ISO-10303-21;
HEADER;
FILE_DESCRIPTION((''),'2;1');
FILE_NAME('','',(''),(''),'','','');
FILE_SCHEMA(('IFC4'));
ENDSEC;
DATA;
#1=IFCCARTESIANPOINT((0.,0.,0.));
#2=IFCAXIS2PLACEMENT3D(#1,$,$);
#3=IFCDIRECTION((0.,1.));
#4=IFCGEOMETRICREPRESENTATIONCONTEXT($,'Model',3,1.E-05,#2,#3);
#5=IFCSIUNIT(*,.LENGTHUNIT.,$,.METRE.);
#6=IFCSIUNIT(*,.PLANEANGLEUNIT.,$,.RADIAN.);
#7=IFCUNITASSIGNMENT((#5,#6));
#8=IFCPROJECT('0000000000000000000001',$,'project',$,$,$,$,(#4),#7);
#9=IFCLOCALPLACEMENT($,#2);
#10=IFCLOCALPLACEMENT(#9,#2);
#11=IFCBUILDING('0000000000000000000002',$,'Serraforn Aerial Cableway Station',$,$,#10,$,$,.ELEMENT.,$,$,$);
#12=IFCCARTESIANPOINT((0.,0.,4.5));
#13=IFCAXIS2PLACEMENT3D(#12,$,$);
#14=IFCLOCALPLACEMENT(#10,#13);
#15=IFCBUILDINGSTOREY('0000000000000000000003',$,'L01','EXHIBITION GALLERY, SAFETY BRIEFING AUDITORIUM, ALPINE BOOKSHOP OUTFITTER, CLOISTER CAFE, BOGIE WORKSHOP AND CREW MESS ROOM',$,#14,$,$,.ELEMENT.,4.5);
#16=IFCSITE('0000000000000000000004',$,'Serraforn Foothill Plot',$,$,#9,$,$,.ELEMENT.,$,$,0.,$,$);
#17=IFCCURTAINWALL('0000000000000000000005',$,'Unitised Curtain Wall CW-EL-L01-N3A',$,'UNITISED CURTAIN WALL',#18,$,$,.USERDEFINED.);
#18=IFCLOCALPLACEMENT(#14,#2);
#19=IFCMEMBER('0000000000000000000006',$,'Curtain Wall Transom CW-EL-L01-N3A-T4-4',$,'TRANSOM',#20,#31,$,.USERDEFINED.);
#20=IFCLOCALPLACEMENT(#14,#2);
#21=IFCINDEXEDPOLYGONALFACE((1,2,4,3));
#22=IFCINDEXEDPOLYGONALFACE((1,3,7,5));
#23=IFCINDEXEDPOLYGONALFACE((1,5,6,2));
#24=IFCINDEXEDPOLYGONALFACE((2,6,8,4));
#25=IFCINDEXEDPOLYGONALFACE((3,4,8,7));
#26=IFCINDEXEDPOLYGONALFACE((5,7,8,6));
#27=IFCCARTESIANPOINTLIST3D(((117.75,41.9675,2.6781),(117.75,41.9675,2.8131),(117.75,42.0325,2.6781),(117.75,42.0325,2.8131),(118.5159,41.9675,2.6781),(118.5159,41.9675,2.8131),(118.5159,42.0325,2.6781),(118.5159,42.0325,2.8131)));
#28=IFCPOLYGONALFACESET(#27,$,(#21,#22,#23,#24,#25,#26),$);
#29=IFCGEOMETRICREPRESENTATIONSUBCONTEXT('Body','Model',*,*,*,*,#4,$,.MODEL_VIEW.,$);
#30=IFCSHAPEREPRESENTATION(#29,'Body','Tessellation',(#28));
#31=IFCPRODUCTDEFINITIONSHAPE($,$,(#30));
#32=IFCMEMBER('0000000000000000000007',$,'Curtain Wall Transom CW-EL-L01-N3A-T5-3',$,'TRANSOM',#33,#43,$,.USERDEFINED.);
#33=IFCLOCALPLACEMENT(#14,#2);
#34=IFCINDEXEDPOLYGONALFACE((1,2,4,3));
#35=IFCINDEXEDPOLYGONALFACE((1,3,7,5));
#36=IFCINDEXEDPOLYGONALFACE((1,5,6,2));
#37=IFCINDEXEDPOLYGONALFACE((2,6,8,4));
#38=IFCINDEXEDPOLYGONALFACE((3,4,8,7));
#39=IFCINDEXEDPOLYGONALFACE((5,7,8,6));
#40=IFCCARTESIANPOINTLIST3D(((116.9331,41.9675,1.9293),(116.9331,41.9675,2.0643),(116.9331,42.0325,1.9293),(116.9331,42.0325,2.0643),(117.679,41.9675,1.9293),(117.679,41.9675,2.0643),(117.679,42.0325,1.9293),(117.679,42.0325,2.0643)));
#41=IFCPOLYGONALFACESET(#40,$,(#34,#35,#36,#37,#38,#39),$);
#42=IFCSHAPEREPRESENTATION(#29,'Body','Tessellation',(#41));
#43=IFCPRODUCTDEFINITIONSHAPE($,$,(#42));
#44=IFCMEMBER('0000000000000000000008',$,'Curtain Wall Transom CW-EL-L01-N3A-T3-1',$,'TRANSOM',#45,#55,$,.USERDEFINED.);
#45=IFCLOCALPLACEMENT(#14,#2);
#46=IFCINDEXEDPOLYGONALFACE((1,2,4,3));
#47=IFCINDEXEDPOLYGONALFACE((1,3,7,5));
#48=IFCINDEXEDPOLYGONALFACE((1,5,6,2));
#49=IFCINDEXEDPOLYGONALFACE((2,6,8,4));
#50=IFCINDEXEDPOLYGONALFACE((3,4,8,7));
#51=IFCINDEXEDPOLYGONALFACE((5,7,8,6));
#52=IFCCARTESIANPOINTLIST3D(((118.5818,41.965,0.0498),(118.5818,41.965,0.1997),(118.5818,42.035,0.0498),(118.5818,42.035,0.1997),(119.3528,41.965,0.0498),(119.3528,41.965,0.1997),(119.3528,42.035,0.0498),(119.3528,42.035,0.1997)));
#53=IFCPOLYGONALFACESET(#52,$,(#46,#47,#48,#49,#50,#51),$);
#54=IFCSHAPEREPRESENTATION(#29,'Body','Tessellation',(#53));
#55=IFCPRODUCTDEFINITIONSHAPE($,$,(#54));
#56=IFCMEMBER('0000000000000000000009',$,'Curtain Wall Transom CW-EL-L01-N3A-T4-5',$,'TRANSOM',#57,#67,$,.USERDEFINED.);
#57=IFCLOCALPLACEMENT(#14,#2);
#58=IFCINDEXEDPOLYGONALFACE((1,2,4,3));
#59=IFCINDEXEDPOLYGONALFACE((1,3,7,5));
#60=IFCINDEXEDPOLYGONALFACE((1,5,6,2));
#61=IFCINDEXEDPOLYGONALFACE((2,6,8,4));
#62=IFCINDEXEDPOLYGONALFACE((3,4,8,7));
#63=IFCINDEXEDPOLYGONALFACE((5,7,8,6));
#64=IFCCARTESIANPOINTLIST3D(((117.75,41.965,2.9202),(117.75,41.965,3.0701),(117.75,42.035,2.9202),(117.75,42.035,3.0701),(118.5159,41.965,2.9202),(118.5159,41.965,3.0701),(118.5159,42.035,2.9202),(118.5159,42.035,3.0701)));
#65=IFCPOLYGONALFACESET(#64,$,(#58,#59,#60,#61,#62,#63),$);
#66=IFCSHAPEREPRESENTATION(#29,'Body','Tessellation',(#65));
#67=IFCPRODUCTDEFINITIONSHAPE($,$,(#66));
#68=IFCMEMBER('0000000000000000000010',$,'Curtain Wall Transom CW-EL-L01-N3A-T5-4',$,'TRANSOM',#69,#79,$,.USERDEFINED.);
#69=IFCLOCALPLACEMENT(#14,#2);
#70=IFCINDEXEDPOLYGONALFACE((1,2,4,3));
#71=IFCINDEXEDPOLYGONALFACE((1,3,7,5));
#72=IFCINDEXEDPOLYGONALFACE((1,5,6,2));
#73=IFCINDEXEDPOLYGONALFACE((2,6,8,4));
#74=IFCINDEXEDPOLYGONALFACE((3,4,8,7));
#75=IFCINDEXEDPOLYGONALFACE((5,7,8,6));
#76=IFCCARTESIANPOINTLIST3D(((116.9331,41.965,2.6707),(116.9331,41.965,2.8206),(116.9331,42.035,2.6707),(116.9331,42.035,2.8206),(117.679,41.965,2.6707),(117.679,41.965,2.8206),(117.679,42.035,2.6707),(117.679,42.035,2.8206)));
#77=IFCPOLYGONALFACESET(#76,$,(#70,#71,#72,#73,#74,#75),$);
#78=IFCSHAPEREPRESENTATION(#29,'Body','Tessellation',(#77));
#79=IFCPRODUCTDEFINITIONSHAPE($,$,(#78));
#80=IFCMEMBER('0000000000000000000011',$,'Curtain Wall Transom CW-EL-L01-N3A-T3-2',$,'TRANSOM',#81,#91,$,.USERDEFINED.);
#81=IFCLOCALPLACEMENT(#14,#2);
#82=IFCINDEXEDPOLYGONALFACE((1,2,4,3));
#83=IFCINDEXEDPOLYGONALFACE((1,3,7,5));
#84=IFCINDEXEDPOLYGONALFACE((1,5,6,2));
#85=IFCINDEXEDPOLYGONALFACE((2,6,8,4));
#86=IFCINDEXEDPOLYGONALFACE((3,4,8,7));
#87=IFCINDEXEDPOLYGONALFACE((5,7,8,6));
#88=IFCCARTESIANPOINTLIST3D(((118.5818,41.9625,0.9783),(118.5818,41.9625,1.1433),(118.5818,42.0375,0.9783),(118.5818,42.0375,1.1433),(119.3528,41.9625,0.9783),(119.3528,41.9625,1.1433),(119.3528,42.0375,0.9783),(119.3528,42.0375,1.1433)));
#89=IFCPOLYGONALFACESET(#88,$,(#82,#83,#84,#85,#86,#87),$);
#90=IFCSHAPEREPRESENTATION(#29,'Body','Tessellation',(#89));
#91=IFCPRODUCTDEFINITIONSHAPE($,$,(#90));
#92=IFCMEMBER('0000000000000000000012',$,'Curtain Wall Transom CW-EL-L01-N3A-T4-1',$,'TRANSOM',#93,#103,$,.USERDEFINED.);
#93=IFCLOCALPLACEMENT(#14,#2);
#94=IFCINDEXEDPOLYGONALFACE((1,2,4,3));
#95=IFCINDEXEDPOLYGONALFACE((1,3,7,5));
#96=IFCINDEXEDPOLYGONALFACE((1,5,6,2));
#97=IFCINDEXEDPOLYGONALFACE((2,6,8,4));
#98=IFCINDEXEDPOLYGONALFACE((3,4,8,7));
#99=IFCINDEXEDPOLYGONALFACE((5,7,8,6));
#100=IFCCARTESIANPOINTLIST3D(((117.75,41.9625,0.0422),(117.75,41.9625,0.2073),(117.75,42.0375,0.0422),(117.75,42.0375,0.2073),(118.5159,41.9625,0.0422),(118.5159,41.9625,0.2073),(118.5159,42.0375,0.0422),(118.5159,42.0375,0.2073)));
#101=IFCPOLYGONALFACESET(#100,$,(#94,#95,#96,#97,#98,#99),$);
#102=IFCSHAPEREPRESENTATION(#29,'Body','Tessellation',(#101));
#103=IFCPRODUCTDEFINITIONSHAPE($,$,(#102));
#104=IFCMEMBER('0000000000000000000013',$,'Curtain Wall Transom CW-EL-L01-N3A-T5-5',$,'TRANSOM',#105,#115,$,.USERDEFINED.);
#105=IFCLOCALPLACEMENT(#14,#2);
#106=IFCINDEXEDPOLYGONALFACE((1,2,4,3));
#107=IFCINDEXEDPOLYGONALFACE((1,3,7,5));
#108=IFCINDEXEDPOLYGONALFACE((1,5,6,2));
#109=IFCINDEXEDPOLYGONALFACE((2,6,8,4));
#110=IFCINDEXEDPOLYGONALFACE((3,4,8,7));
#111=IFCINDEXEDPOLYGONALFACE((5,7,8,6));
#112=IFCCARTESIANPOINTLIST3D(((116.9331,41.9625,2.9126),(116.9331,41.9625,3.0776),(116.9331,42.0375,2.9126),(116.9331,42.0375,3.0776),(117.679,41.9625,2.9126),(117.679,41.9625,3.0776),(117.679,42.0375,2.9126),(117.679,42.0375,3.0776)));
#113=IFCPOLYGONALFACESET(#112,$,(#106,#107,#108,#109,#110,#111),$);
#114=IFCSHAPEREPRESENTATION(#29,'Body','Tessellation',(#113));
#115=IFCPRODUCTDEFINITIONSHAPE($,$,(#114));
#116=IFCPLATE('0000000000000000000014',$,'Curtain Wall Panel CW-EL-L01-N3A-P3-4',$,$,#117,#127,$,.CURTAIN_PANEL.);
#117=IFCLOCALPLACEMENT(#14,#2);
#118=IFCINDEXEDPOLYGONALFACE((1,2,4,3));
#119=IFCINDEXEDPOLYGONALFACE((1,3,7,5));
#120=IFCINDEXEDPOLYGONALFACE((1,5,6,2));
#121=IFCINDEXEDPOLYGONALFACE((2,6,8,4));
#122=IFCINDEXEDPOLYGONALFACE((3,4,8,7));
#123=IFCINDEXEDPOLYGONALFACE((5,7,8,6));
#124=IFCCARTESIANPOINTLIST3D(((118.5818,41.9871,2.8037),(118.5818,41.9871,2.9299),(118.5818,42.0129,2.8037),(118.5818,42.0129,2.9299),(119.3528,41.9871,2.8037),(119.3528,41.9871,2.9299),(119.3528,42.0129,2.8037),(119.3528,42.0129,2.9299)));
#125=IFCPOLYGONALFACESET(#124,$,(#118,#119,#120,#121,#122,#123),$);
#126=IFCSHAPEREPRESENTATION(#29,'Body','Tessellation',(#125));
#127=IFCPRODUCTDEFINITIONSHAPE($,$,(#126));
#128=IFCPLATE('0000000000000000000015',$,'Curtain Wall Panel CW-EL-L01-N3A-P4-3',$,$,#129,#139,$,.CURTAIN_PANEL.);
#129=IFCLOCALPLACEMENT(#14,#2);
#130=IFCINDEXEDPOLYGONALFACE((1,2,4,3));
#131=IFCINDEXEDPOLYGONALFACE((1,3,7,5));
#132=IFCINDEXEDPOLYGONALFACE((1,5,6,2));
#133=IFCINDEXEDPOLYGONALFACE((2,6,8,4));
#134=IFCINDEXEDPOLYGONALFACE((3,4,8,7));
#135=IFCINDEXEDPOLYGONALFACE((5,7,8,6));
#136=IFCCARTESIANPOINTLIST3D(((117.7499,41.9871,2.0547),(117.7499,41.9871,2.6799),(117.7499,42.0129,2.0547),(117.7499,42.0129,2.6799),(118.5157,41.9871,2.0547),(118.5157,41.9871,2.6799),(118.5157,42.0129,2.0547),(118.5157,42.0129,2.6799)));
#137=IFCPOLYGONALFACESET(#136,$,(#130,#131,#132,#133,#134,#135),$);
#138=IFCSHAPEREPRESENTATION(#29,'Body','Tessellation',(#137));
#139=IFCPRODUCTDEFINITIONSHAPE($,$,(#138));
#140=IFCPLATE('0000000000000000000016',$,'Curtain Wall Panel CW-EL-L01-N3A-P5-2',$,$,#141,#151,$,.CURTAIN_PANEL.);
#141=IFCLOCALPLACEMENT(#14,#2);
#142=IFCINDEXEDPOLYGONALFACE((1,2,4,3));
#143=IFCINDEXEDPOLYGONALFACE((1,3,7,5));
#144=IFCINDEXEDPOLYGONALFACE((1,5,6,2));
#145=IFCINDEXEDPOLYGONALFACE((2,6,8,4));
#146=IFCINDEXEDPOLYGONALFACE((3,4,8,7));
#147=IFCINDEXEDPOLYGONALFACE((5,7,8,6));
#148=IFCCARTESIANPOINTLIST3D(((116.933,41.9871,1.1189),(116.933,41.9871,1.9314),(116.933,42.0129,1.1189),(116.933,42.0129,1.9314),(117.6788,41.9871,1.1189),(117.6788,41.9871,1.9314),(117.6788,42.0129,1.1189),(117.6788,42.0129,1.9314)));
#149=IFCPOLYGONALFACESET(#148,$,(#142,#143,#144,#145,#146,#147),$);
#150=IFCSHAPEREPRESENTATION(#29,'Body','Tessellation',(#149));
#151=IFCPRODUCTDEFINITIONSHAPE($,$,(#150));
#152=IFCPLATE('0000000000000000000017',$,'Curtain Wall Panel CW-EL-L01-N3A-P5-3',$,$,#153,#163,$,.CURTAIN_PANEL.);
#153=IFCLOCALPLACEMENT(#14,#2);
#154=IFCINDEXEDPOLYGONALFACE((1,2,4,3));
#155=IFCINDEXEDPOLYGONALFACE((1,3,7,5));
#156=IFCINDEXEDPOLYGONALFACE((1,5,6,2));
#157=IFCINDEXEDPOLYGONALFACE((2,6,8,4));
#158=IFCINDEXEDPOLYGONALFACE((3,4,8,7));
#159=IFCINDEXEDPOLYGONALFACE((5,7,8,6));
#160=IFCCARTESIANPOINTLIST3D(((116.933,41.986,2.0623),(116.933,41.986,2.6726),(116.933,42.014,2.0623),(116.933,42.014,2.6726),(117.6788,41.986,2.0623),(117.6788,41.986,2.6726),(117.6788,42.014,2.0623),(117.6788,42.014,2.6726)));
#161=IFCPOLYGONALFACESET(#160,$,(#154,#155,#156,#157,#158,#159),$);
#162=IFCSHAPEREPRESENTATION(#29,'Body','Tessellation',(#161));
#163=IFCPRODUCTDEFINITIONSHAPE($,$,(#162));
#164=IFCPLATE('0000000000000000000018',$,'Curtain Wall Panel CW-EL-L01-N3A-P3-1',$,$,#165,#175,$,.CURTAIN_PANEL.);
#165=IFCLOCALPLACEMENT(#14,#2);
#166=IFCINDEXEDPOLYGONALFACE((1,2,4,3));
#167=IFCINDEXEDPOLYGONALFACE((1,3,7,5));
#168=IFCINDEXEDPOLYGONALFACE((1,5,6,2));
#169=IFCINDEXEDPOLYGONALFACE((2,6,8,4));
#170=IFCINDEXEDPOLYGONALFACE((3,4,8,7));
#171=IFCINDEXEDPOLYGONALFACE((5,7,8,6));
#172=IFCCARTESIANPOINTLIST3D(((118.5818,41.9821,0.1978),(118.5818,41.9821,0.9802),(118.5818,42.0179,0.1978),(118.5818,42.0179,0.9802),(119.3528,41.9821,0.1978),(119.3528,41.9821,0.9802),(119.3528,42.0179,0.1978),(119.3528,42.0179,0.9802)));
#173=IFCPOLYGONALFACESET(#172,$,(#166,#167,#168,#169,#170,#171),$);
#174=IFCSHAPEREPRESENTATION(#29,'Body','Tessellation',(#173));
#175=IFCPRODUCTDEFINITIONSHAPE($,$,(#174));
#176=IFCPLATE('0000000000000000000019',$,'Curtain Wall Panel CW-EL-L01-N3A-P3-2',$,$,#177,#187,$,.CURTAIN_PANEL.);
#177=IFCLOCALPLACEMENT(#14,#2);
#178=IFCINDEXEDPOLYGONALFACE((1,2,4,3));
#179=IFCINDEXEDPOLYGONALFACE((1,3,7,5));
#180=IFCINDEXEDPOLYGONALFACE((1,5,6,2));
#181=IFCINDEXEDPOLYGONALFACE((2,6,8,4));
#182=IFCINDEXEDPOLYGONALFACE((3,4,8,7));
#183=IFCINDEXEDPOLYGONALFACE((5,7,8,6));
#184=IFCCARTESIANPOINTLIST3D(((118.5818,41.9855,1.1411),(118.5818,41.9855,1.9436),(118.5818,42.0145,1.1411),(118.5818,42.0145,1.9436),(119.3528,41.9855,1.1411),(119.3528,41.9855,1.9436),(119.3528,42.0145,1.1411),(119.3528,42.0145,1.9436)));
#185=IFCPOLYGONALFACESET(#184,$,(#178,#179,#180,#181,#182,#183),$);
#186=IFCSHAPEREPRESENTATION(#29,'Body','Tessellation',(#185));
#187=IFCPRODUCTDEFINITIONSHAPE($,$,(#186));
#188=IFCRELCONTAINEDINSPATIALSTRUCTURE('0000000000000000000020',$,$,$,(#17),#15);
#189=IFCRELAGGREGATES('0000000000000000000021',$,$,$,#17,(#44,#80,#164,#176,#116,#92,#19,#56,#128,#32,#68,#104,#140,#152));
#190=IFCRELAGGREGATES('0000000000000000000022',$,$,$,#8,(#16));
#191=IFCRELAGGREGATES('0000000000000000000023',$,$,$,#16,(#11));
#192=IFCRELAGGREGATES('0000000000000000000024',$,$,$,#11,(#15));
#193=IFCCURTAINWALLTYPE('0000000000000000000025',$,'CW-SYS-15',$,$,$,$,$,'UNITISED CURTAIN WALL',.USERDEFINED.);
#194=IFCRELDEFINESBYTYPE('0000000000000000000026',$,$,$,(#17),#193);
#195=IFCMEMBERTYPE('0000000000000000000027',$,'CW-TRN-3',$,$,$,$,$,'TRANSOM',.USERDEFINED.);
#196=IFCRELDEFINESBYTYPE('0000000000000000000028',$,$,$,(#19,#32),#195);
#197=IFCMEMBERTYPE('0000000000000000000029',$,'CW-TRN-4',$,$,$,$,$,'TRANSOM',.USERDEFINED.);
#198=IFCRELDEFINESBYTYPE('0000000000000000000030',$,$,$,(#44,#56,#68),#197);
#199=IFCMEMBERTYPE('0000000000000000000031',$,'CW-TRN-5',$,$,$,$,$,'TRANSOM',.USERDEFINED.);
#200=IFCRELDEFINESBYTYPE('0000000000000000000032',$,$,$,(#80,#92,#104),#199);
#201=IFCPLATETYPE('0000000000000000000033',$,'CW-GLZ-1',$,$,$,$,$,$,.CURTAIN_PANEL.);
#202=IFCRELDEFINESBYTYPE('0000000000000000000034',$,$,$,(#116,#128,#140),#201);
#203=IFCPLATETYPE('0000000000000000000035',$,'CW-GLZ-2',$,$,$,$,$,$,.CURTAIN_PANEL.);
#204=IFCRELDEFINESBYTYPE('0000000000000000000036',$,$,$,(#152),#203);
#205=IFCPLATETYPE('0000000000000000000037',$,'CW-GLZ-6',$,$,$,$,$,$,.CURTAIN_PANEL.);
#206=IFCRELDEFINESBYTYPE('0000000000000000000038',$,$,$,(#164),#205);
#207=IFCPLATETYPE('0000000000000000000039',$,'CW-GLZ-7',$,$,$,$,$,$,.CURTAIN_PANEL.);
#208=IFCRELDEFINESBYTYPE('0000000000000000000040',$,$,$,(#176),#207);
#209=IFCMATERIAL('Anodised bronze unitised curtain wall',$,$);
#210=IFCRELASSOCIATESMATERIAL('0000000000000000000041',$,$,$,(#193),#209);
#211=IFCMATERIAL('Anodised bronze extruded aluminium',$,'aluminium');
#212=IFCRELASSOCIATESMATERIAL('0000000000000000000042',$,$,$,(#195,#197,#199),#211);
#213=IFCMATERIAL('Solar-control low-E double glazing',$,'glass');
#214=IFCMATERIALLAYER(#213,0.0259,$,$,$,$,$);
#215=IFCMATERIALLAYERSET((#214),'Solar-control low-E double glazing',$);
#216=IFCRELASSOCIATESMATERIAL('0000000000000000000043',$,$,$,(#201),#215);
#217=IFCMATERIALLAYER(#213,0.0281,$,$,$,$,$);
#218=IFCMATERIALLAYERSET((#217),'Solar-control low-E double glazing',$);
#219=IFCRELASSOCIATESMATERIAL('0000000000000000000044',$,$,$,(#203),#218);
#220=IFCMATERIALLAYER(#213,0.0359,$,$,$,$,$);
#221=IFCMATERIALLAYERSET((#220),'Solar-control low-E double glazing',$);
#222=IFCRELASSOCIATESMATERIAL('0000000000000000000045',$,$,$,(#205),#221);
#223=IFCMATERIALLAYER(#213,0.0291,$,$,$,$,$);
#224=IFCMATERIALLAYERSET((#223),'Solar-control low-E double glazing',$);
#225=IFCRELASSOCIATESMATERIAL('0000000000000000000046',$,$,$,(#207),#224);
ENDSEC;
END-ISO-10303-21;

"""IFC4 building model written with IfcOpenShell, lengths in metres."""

from ifc_helpers import new_model, si_unit, direction, frame, origin, origin_2d, place, context, subcontext, project, spatial, rectangle, extrude, material, layer, layer_set, material_profile, profile_set, type_object, element, aggregate, save


model = new_model("IFC4")

# Units and contexts
model_context = context("Model", 3, precision=1e-05, world=origin(), true_north=direction((0.0, 1.0)))
body_context = subcontext(model_context, "Body", "Model", "MODEL_VIEW")
ifc_project = project(units=[si_unit("LENGTHUNIT", "METRE"), si_unit("PLANEANGLEUNIT", "RADIAN")], contexts=[model_context])

# Site, building, storey
site_placement = place(None, origin())
site = spatial("IfcSite", under=ifc_project, at=site_placement, Name="Serraforn Foothill Plot", CompositionType="ELEMENT", RefElevation=0.0)
building_placement = place(site_placement, origin())
building = spatial("IfcBuilding", under=site, at=building_placement, Name="Serraforn Aerial Cableway Station", CompositionType="ELEMENT")
storey_placement = place(building_placement, frame((0.0, 0.0, 4.5)))
storey = spatial("IfcBuildingStorey", under=building, at=storey_placement, Name="L01", Description="EXHIBITION GALLERY, SAFETY BRIEFING AUDITORIUM, ALPINE BOOKSHOP OUTFITTER, CLOISTER CAFE, BOGIE WORKSHOP AND CREW MESS ROOM", CompositionType="ELEMENT", Elevation=4.5)

# Curtain wall
ifc_material_1 = material(Name="Anodised bronze unitised curtain wall")
curtain_wall_type_1 = type_object("IfcCurtainWallType", Name="CW-SYS-15", ElementType="UNITISED CURTAIN WALL", PredefinedType="USERDEFINED", material=ifc_material_1)
curtain_wall_1_placement = place(storey_placement, origin())
curtain_wall_1 = element("IfcCurtainWall", 1, at=curtain_wall_1_placement, inside=storey, type_object=curtain_wall_type_1, Name="Unitised Curtain Wall CW-EL-L01-N3A", ObjectType="UNITISED CURTAIN WALL", PredefinedType="USERDEFINED")
ifc_material_2 = material(Name="Anodised bronze extruded aluminium", Category="aluminium")

# Members
ifc_material_profile_1 = material_profile(ifc_material_2, rectangle(XDim=0.0649, YDim=0.135, at=origin_2d()), Name="CW TRANSOM 65x135")
ifc_profile_set_1 = profile_set([ifc_material_profile_1], Name="Anodised bronze extruded aluminium")
member_type_1 = type_object("IfcMemberType", Name="CW-TRN-3", ElementType="TRANSOM", PredefinedType="USERDEFINED", material=ifc_profile_set_1)
member_1_placement = place(storey_placement, frame((118.5159, 42.0, 2.7456), z_axis=(-1.0, 0.0, 0.0), x_axis=(0.0, -1.0, 0.0)))
member_1 = element("IfcMember", 2, at=member_1_placement, type_object=member_type_1, Name="Curtain Wall Transom CW-EL-L01-N3A-T4-4", ObjectType="TRANSOM", PredefinedType="USERDEFINED", context=body_context, shape_type="SweptSolid", body=[
    extrude(rectangle(XDim=0.0649, YDim=0.135, at=origin_2d()), origin(), (0.0, 0.0, 1.0), 0.7659),
])
member_2_placement = place(storey_placement, frame((117.679, 42.0, 1.9968), z_axis=(-1.0, 0.0, 0.0), x_axis=(0.0, -1.0, 0.0)))
member_2 = element("IfcMember", 3, at=member_2_placement, type_object=member_type_1, Name="Curtain Wall Transom CW-EL-L01-N3A-T5-3", ObjectType="TRANSOM", PredefinedType="USERDEFINED", context=body_context, shape_type="SweptSolid", body=[
    extrude(rectangle(XDim=0.0649, YDim=0.135, at=origin_2d()), origin(), (0.0, 0.0, 1.0), 0.7458),
])
ifc_material_profile_2 = material_profile(ifc_material_2, rectangle(XDim=0.0701, YDim=0.1499, at=origin_2d()), Name="CW TRANSOM 70x150")
ifc_profile_set_2 = profile_set([ifc_material_profile_2], Name="Anodised bronze extruded aluminium")
member_type_2 = type_object("IfcMemberType", Name="CW-TRN-4", ElementType="TRANSOM", PredefinedType="USERDEFINED", material=ifc_profile_set_2)
member_3_placement = place(storey_placement, frame((119.3528, 42.0, 0.1248), z_axis=(-1.0, 0.0, 0.0), x_axis=(0.0, -1.0, 0.0)))
member_3 = element("IfcMember", 4, at=member_3_placement, type_object=member_type_2, Name="Curtain Wall Transom CW-EL-L01-N3A-T3-1", ObjectType="TRANSOM", PredefinedType="USERDEFINED", context=body_context, shape_type="SweptSolid", body=[
    extrude(rectangle(XDim=0.0701, YDim=0.1499, at=origin_2d()), origin(), (0.0, 0.0, 1.0), 0.771),
])
member_4_placement = place(storey_placement, frame((118.5159, 42.0, 2.9951), z_axis=(-1.0, 0.0, 0.0), x_axis=(0.0, -1.0, 0.0)))
member_4 = element("IfcMember", 5, at=member_4_placement, type_object=member_type_2, Name="Curtain Wall Transom CW-EL-L01-N3A-T4-5", ObjectType="TRANSOM", PredefinedType="USERDEFINED", context=body_context, shape_type="SweptSolid", body=[
    extrude(rectangle(XDim=0.0701, YDim=0.1499, at=origin_2d()), origin(), (0.0, 0.0, 1.0), 0.7659),
])
member_5_placement = place(storey_placement, frame((117.679, 42.0, 2.7456), z_axis=(-1.0, 0.0, 0.0), x_axis=(0.0, -1.0, 0.0)))
member_5 = element("IfcMember", 6, at=member_5_placement, type_object=member_type_2, Name="Curtain Wall Transom CW-EL-L01-N3A-T5-4", ObjectType="TRANSOM", PredefinedType="USERDEFINED", context=body_context, shape_type="SweptSolid", body=[
    extrude(rectangle(XDim=0.0701, YDim=0.1499, at=origin_2d()), origin(), (0.0, 0.0, 1.0), 0.7458),
])
ifc_material_profile_3 = material_profile(ifc_material_2, rectangle(XDim=0.075, YDim=0.165, at=origin_2d()), Name="CW TRANSOM 75x165")
ifc_profile_set_3 = profile_set([ifc_material_profile_3], Name="Anodised bronze extruded aluminium")
member_type_3 = type_object("IfcMemberType", Name="CW-TRN-5", ElementType="TRANSOM", PredefinedType="USERDEFINED", material=ifc_profile_set_3)
member_6_placement = place(storey_placement, frame((119.3528, 42.0, 1.0608), z_axis=(-1.0, 0.0, 0.0), x_axis=(0.0, -1.0, 0.0)))
member_6 = element("IfcMember", 7, at=member_6_placement, type_object=member_type_3, Name="Curtain Wall Transom CW-EL-L01-N3A-T3-2", ObjectType="TRANSOM", PredefinedType="USERDEFINED", context=body_context, shape_type="SweptSolid", body=[
    extrude(rectangle(XDim=0.075, YDim=0.165, at=origin_2d()), origin(), (0.0, 0.0, 1.0), 0.771),
])
member_7_placement = place(storey_placement, frame((118.5159, 42.0, 0.1248), z_axis=(-1.0, 0.0, 0.0), x_axis=(0.0, -1.0, 0.0)))
member_7 = element("IfcMember", 8, at=member_7_placement, type_object=member_type_3, Name="Curtain Wall Transom CW-EL-L01-N3A-T4-1", ObjectType="TRANSOM", PredefinedType="USERDEFINED", context=body_context, shape_type="SweptSolid", body=[
    extrude(rectangle(XDim=0.075, YDim=0.165, at=origin_2d()), origin(), (0.0, 0.0, 1.0), 0.7659),
])
member_8_placement = place(storey_placement, frame((117.679, 42.0, 2.9951), z_axis=(-1.0, 0.0, 0.0), x_axis=(0.0, -1.0, 0.0)))
member_8 = element("IfcMember", 9, at=member_8_placement, type_object=member_type_3, Name="Curtain Wall Transom CW-EL-L01-N3A-T5-5", ObjectType="TRANSOM", PredefinedType="USERDEFINED", context=body_context, shape_type="SweptSolid", body=[
    extrude(rectangle(XDim=0.075, YDim=0.165, at=origin_2d()), origin(), (0.0, 0.0, 1.0), 0.7458),
])

# Plates
ifc_material_3 = material(Name="Solar-control low-E double glazing", Category="glass")
ifc_layer_1 = layer(ifc_material_3, 0.0259)
ifc_layer_set_1 = layer_set([ifc_layer_1], Name="Solar-control low-E double glazing")
plate_type_1 = type_object("IfcPlateType", Name="CW-GLZ-1", PredefinedType="CURTAIN_PANEL", material=ifc_layer_set_1)
plate_1_placement = place(storey_placement, frame((118.9673, 42.0, 2.8037), z_axis=(0.0, 0.0, 1.0), x_axis=(1.0, 0.0, 0.0)))
plate_1 = element("IfcPlate", 10, at=plate_1_placement, type_object=plate_type_1, Name="Curtain Wall Panel CW-EL-L01-N3A-P3-4", PredefinedType="CURTAIN_PANEL", context=body_context, shape_type="SweptSolid", body=[
    extrude(rectangle(XDim=0.771, YDim=0.0259, at=origin_2d()), origin(), (0.0, 0.0, 1.0), 0.1262),
])
plate_2_placement = place(storey_placement, frame((118.1328, 42.0, 2.0547), z_axis=(0.0, 0.0, 1.0), x_axis=(1.0, 0.0, 0.0)))
plate_2 = element("IfcPlate", 11, at=plate_2_placement, type_object=plate_type_1, Name="Curtain Wall Panel CW-EL-L01-N3A-P4-3", PredefinedType="CURTAIN_PANEL", context=body_context, shape_type="SweptSolid", body=[
    extrude(rectangle(XDim=0.7659, YDim=0.0259, at=origin_2d()), origin(), (0.0, 0.0, 1.0), 0.6252),
])
plate_3_placement = place(storey_placement, frame((117.3059, 42.0, 1.1189), z_axis=(0.0, 0.0, 1.0), x_axis=(1.0, 0.0, 0.0)))
plate_3 = element("IfcPlate", 12, at=plate_3_placement, type_object=plate_type_1, Name="Curtain Wall Panel CW-EL-L01-N3A-P5-2", PredefinedType="CURTAIN_PANEL", context=body_context, shape_type="SweptSolid", body=[
    extrude(rectangle(XDim=0.7458, YDim=0.0259, at=origin_2d()), origin(), (0.0, 0.0, 1.0), 0.8125),
])
ifc_layer_2 = layer(ifc_material_3, 0.0281)
ifc_layer_set_2 = layer_set([ifc_layer_2], Name="Solar-control low-E double glazing")
plate_type_2 = type_object("IfcPlateType", Name="CW-GLZ-2", PredefinedType="CURTAIN_PANEL", material=ifc_layer_set_2)
plate_4_placement = place(storey_placement, frame((117.3059, 42.0, 2.0623), z_axis=(0.0, 0.0, 1.0), x_axis=(1.0, 0.0, 0.0)))
plate_4 = element("IfcPlate", 13, at=plate_4_placement, type_object=plate_type_2, Name="Curtain Wall Panel CW-EL-L01-N3A-P5-3", PredefinedType="CURTAIN_PANEL", context=body_context, shape_type="SweptSolid", body=[
    extrude(rectangle(XDim=0.7458, YDim=0.0281, at=origin_2d()), origin(), (0.0, 0.0, 1.0), 0.6104),
])
ifc_layer_3 = layer(ifc_material_3, 0.0359)
ifc_layer_set_3 = layer_set([ifc_layer_3], Name="Solar-control low-E double glazing")
plate_type_3 = type_object("IfcPlateType", Name="CW-GLZ-6", PredefinedType="CURTAIN_PANEL", material=ifc_layer_set_3)
plate_5_placement = place(storey_placement, frame((118.9673, 42.0, 0.1978), z_axis=(0.0, 0.0, 1.0), x_axis=(1.0, 0.0, 0.0)))
plate_5 = element("IfcPlate", 14, at=plate_5_placement, type_object=plate_type_3, Name="Curtain Wall Panel CW-EL-L01-N3A-P3-1", PredefinedType="CURTAIN_PANEL", context=body_context, shape_type="SweptSolid", body=[
    extrude(rectangle(XDim=0.771, YDim=0.0359, at=origin_2d()), origin(), (0.0, 0.0, 1.0), 0.7825),
])
ifc_layer_4 = layer(ifc_material_3, 0.0291)
ifc_layer_set_4 = layer_set([ifc_layer_4], Name="Solar-control low-E double glazing")
plate_type_4 = type_object("IfcPlateType", Name="CW-GLZ-7", PredefinedType="CURTAIN_PANEL", material=ifc_layer_set_4)
plate_6_placement = place(storey_placement, frame((118.9673, 42.0, 1.1411), z_axis=(0.0, 0.0, 1.0), x_axis=(1.0, 0.0, 0.0)))
plate_6 = element("IfcPlate", 15, at=plate_6_placement, type_object=plate_type_4, Name="Curtain Wall Panel CW-EL-L01-N3A-P3-2", PredefinedType="CURTAIN_PANEL", context=body_context, shape_type="SweptSolid", body=[
    extrude(rectangle(XDim=0.771, YDim=0.0291, at=origin_2d()), origin(), (0.0, 0.0, 1.0), 0.8025),
])
aggregate(curtain_wall_1, [member_3, member_6, plate_5, plate_6, plate_1, member_7, member_1, member_4, plate_2, member_2, member_5, member_8, plate_3, plate_4])

save(model, "model.ifc")
